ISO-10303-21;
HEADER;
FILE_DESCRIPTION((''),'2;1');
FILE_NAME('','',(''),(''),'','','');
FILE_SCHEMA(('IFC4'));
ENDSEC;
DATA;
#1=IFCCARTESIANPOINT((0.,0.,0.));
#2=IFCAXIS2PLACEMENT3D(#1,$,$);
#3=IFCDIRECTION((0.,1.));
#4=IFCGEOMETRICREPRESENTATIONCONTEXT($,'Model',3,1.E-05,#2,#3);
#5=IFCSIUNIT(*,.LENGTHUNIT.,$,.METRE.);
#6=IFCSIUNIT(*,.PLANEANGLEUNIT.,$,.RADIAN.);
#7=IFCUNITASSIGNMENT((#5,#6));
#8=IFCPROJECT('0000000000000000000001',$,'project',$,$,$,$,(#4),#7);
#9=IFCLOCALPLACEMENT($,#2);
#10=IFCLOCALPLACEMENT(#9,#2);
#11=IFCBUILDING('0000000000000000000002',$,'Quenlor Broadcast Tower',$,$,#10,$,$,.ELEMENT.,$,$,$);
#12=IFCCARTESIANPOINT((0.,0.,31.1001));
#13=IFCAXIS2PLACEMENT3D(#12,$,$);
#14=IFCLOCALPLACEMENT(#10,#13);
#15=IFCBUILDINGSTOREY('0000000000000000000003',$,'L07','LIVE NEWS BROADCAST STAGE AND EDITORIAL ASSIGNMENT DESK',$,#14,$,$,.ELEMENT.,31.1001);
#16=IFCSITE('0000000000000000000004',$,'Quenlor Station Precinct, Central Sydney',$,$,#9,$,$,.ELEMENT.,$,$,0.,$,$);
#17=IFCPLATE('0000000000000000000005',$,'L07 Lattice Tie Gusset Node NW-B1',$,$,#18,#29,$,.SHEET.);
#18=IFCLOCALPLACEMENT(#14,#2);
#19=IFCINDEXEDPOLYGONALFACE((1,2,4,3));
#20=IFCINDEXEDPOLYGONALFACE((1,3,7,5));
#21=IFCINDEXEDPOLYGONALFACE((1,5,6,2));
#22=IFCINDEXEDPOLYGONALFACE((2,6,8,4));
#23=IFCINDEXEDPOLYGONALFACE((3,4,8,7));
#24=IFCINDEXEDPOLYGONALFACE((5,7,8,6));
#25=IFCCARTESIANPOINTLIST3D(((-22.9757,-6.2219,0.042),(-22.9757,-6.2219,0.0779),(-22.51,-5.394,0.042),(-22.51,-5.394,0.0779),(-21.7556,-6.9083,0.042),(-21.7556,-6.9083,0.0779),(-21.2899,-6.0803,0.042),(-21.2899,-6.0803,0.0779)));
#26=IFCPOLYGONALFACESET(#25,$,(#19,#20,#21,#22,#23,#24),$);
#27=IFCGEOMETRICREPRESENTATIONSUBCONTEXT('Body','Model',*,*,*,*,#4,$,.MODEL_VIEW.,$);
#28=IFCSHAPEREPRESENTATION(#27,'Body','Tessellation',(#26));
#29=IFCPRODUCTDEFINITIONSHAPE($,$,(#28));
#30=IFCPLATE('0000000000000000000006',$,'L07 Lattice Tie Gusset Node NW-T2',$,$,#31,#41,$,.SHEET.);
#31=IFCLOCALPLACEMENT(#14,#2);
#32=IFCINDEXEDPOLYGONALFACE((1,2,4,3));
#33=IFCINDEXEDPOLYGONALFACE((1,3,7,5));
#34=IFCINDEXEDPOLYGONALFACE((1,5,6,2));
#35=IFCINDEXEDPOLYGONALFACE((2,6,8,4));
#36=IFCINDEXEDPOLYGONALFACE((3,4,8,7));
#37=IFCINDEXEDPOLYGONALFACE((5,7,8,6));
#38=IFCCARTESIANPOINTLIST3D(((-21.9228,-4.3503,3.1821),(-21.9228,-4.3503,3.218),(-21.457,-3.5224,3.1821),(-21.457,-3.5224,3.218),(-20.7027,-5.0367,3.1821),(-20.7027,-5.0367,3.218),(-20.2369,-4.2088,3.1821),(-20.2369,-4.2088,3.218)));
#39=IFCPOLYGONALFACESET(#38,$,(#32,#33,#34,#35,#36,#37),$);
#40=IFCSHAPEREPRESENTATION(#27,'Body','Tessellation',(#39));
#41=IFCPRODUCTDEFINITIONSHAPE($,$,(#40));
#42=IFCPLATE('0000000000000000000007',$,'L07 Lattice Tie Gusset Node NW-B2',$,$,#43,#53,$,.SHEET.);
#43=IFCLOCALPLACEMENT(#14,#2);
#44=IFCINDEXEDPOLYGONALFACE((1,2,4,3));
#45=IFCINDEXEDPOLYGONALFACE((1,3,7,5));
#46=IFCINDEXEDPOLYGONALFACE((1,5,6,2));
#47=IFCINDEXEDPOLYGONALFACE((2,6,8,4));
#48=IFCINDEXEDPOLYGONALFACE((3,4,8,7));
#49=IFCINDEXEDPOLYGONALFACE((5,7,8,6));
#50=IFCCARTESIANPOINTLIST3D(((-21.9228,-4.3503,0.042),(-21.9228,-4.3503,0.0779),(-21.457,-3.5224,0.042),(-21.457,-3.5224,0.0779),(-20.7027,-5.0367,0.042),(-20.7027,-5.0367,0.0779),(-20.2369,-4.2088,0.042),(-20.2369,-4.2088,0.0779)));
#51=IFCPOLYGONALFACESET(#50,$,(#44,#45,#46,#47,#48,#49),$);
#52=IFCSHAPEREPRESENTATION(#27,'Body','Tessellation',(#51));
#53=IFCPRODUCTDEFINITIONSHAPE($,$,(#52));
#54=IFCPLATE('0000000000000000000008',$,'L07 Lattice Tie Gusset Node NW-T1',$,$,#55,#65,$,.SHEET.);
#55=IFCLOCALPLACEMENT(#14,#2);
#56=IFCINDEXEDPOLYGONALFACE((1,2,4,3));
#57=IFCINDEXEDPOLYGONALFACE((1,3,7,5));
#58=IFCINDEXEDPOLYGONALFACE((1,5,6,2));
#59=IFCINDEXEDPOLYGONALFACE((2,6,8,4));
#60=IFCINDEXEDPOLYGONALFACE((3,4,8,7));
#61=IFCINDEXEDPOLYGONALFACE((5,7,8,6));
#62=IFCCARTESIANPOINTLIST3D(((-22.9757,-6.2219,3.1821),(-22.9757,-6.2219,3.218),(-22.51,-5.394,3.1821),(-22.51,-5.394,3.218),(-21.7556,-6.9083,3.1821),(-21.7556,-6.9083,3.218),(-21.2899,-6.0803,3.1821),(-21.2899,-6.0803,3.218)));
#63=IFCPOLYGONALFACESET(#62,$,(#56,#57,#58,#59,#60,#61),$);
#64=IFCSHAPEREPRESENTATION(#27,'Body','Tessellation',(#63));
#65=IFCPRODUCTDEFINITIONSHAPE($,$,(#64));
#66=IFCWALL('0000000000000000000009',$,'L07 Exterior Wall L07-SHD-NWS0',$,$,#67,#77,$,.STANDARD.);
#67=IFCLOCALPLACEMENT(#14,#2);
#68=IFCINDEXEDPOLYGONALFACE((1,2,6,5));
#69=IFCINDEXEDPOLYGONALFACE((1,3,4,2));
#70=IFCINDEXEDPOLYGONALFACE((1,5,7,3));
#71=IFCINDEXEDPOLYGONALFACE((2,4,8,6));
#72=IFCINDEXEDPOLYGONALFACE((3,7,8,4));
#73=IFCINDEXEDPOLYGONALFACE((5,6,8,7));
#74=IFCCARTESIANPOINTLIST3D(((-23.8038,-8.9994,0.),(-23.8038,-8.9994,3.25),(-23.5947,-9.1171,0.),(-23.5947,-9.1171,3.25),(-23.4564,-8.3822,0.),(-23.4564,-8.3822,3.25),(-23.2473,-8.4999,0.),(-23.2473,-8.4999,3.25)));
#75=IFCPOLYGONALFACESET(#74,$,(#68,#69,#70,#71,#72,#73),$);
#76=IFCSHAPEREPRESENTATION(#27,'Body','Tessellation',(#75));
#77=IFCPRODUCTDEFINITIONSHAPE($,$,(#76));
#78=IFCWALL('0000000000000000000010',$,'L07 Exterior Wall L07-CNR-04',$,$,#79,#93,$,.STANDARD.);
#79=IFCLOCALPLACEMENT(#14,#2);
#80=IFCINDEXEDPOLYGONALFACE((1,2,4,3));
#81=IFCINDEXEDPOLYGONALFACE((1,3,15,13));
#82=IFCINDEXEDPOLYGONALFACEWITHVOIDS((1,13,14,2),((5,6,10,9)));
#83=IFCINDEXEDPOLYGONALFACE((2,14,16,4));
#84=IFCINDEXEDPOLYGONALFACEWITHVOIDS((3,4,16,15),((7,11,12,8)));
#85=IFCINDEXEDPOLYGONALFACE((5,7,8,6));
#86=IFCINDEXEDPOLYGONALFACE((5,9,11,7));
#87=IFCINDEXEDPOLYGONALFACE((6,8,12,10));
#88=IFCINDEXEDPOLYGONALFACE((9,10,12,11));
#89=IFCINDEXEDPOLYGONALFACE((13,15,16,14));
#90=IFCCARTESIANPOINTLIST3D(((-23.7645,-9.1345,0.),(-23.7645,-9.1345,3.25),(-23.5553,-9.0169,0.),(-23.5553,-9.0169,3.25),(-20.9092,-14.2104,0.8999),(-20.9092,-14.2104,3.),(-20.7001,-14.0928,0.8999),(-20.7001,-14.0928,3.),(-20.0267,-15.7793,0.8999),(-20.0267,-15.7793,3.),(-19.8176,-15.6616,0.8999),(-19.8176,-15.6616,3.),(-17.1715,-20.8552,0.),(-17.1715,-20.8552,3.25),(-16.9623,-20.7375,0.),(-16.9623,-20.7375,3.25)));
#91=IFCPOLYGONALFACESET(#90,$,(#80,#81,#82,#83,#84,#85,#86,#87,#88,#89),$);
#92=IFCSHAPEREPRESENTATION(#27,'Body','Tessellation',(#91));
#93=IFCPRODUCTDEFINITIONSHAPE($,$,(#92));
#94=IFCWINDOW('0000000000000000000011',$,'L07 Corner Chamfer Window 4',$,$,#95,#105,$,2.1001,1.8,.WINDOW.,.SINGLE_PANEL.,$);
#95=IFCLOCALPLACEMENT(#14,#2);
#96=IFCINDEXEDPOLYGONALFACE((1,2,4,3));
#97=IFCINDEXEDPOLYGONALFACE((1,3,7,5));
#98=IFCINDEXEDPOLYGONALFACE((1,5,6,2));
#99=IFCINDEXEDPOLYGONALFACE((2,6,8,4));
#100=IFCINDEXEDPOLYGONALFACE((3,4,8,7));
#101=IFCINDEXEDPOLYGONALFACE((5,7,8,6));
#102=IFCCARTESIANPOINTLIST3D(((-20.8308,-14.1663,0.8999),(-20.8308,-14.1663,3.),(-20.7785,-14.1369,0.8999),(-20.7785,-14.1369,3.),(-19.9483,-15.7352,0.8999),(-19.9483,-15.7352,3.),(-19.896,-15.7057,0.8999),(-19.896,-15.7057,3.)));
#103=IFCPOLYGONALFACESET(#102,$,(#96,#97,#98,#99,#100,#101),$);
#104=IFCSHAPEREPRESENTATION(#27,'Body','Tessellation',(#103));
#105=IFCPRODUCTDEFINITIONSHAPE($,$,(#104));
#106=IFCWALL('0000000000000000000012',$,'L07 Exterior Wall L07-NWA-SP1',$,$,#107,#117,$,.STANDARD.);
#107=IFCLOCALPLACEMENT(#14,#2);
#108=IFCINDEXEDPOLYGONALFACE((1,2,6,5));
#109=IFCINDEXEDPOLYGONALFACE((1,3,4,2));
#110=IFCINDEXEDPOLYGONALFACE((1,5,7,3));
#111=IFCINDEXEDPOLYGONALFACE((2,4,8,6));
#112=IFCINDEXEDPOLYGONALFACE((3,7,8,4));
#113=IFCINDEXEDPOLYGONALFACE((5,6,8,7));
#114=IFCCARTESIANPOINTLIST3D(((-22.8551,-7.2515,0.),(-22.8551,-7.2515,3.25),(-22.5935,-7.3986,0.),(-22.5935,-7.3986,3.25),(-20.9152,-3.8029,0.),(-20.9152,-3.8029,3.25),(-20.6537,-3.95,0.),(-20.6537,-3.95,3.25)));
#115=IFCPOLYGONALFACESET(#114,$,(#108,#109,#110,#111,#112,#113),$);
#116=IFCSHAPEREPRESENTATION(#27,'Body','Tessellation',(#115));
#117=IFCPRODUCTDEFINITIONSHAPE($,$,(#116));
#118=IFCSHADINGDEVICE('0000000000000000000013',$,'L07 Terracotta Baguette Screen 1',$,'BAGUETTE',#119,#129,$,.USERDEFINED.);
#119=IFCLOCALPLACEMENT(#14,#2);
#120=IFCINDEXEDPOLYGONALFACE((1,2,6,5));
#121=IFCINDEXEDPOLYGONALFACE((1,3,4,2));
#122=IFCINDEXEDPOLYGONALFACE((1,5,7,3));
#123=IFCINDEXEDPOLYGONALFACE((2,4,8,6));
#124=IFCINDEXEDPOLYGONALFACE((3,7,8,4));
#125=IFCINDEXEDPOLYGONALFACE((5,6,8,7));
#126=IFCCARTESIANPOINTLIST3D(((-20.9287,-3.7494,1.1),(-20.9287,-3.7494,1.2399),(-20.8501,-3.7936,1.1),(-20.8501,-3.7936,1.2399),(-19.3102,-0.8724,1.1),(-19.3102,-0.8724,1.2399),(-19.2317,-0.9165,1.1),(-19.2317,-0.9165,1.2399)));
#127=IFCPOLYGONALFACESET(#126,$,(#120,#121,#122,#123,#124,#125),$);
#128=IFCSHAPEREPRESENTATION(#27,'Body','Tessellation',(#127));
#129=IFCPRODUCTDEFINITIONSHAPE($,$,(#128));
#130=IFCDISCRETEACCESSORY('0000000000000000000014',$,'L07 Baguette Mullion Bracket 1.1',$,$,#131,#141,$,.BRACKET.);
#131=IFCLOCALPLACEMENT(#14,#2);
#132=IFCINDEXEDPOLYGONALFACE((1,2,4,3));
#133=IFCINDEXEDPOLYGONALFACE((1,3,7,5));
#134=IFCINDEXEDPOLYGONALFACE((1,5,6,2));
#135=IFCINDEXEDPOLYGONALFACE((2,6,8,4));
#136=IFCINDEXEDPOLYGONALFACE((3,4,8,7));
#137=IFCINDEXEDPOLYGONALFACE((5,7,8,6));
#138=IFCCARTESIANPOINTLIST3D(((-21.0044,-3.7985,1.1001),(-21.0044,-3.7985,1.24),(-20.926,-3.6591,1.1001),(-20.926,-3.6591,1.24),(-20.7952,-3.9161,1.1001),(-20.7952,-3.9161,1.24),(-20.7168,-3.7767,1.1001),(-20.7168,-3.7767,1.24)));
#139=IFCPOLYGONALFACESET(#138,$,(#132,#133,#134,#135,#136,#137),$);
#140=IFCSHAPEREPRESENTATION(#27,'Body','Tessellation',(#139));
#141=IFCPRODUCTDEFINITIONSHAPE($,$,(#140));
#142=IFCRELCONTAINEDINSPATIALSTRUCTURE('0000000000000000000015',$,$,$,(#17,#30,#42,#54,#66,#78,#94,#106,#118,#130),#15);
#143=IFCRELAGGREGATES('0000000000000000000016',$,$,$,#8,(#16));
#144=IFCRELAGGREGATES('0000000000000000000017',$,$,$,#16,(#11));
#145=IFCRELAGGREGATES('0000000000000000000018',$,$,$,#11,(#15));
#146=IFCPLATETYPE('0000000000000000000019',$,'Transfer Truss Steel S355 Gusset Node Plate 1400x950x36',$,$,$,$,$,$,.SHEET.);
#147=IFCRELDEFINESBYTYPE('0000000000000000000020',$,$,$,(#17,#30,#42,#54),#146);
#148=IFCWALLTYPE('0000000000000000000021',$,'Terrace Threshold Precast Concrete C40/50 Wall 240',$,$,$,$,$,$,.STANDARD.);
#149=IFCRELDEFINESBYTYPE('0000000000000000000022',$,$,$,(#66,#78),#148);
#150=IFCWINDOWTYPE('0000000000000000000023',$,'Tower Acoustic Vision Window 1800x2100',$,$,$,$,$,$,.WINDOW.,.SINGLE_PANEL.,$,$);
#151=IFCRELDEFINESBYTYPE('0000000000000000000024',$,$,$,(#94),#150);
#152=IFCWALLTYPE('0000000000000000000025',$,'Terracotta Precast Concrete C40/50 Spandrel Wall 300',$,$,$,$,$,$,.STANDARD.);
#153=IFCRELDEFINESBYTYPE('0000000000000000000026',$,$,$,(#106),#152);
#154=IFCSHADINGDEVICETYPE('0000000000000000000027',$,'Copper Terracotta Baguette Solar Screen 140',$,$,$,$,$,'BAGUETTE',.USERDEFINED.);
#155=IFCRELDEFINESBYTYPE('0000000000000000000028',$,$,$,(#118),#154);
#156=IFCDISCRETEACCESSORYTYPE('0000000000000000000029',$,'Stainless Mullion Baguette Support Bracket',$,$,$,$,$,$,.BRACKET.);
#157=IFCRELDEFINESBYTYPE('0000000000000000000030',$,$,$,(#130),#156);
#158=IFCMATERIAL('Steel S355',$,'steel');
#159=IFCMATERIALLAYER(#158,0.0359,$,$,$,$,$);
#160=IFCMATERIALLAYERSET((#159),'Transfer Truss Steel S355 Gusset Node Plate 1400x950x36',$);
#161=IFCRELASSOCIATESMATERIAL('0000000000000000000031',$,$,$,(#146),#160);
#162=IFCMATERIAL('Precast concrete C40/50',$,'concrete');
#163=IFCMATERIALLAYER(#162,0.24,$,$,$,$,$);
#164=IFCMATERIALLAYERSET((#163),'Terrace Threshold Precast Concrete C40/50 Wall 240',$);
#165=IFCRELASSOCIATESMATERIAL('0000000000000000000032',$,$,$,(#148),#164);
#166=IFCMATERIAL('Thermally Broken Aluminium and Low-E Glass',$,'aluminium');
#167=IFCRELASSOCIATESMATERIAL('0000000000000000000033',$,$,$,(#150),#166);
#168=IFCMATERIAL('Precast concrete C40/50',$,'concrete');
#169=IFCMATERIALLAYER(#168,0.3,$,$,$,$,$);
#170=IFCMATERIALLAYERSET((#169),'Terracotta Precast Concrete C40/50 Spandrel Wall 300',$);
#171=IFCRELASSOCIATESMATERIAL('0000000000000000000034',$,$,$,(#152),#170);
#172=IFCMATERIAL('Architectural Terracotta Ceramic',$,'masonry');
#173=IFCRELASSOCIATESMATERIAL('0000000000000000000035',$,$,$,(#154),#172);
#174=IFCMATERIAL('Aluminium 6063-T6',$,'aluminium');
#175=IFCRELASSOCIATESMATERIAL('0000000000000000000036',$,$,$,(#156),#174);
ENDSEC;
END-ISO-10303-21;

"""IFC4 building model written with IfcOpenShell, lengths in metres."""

from ifc_helpers import new_model, si_unit, direction, frame, frame_2d, origin, origin_2d, place, context, subcontext, project, spatial, rectangle, extrude, material, layer, layer_set, material_profile, profile_set, type_object, element, fill, save


model = new_model("IFC4")

# Units and contexts
model_context = context("Model", 3, precision=1e-05, world=origin(), true_north=direction((0.0, 1.0)))
body_context = subcontext(model_context, "Body", "Model", "MODEL_VIEW")
ifc_project = project(units=[si_unit("LENGTHUNIT", "METRE"), si_unit("PLANEANGLEUNIT", "RADIAN")], contexts=[model_context])

# Site, building, storey
site_placement = place(None, origin())
site = spatial("IfcSite", under=ifc_project, at=site_placement, Name="Quenlor Station Precinct, Central Sydney", CompositionType="ELEMENT", RefElevation=0.0)
building_placement = place(site_placement, origin())
building = spatial("IfcBuilding", under=site, at=building_placement, Name="Quenlor Broadcast Tower", CompositionType="ELEMENT")
storey_placement = place(building_placement, frame((0.0, 0.0, 31.1001)))
storey = spatial("IfcBuildingStorey", under=building, at=storey_placement, Name="L07", Description="LIVE NEWS BROADCAST STAGE AND EDITORIAL ASSIGNMENT DESK", CompositionType="ELEMENT", Elevation=31.1001)

# Plates
ifc_material_1 = material(Name="Steel S355", Category="steel")
ifc_layer_1 = layer(ifc_material_1, 0.0359)
ifc_layer_set_1 = layer_set([ifc_layer_1], Name="Transfer Truss Steel S355 Gusset Node Plate 1400x950x36")
plate_type_1 = type_object("IfcPlateType", Name="Transfer Truss Steel S355 Gusset Node Plate 1400x950x36", PredefinedType="SHEET", material=ifc_layer_set_1)
for number, where, z_axis, x_axis, name in (
    (1, (-22.1328, -6.1511, 0.042), (0.0, 0.0, 1.0), (-0.871556, 0.490295, 0.0), "L07 Lattice Tie Gusset Node NW-B1"),
    (2, (-21.0798, -4.2795, 3.1821), (0.0, 0.0, 1.0), (-0.871556, 0.490295, 0.0), "L07 Lattice Tie Gusset Node NW-T2"),
    (3, (-21.0798, -4.2795, 0.042), (0.0, 0.0, 1.0), (-0.871556, 0.490295, 0.0), "L07 Lattice Tie Gusset Node NW-B2"),
    (4, (-22.1328, -6.1511, 3.1821), (0.0, 0.0, 1.0), (-0.871556, 0.490295, 0.0), "L07 Lattice Tie Gusset Node NW-T1"),
):
    element("IfcPlate", number, at=place(storey_placement, frame(where, z_axis=z_axis, x_axis=x_axis)), inside=storey, type_object=plate_type_1, Name=name, PredefinedType="SHEET", context=body_context, shape_type="SweptSolid", body=[
        extrude(rectangle(XDim=1.3999, YDim=0.95, at=origin_2d()), origin(), (0.0, 0.0, 1.0), 0.0359),
    ])

# Wall
ifc_material_2 = material(Name="Precast concrete C40/50", Category="concrete")
ifc_layer_2 = layer(ifc_material_2, 0.24)
ifc_layer_set_2 = layer_set([ifc_layer_2], Name="Terrace Threshold Precast Concrete C40/50 Wall 240")
wall_type_1 = type_object("IfcWallType", Name="Terrace Threshold Precast Concrete C40/50 Wall 240", PredefinedType="STANDARD", material=ifc_layer_set_2)
wall_1_placement = place(storey_placement, frame((-23.6992, -9.0581, 0.0), z_axis=(0.0, 0.0, 1.0), x_axis=(0.490523, 0.871428, 0.0)))
element("IfcWall", 5, at=wall_1_placement, inside=storey, type_object=wall_type_1, Name="L07 Exterior Wall L07-SHD-NWS0", PredefinedType="STANDARD", context=body_context, shape_type="SweptSolid", body=[
    extrude(rectangle(XDim=0.7083, YDim=0.24, at=frame_2d((0.354, 0.0))), origin(), (0.0, 0.0, 1.0), 3.25),
])

# Wall, opening, window
wall_2_placement = place(storey_placement, frame((-23.6599, -9.0757, 0.0), z_axis=(0.0, 0.0, 1.0), x_axis=(0.490268, -0.871572, 0.0)))
wall_2 = element("IfcWall", 6, at=wall_2_placement, inside=storey, type_object=wall_type_1, Name="L07 Exterior Wall L07-CNR-04", PredefinedType="STANDARD", context=body_context, shape_type="SweptSolid", body=[
    extrude(rectangle(XDim=13.4478, YDim=0.24, at=frame_2d((6.7239, 0.0))), origin(), (0.0, 0.0, 1.0), 3.25),
])
opening_placement = place(wall_2_placement, frame((5.824, 0.0, 0.8999)))
opening = element("IfcOpeningElement", 7, at=opening_placement, cuts=wall_2, PredefinedType="OPENING", context=body_context, shape_type="SweptSolid", body=[
    extrude(rectangle(XDim=1.8, YDim=2.1001, at=frame_2d((0.8999, 1.05))), frame((0.0, 0.1299, 0.0), z_axis=(0.0, -1.0, 0.0), x_axis=(1.0, 0.0, 0.0)), (0.0, 0.0, 1.0), 0.26),
])
ifc_material_3 = material(Name="Thermally Broken Aluminium and Low-E Glass", Category="aluminium")
window_type = type_object("IfcWindowType", Name="Tower Acoustic Vision Window 1800x2100", PartitioningType="SINGLE_PANEL", PredefinedType="WINDOW", material=ifc_material_3)
window_placement = place(opening_placement, origin())
window = element("IfcWindow", 8, at=window_placement, inside=storey, type_object=window_type, Name="L07 Corner Chamfer Window 4", OverallHeight=2.1001, OverallWidth=1.8, PartitioningType="SINGLE_PANEL", PredefinedType="WINDOW", context=body_context, shape_type="SweptSolid", body=[
    extrude(rectangle(XDim=1.8, YDim=2.1001, at=frame_2d((0.8999, 1.05))), frame((0.0, 0.03, 0.0), z_axis=(0.0, -1.0, 0.0), x_axis=(1.0, 0.0, 0.0)), (0.0, 0.0, 1.0), 0.0601),
])
fill(opening, window)

# Wall
ifc_material_4 = material(Name="Precast concrete C40/50", Category="concrete")
ifc_layer_3 = layer(ifc_material_4, 0.3)
ifc_layer_set_3 = layer_set([ifc_layer_3], Name="Terracotta Precast Concrete C40/50 Spandrel Wall 300")
wall_type_2 = type_object("IfcWallType", Name="Terracotta Precast Concrete C40/50 Spandrel Wall 300", PredefinedType="STANDARD", material=ifc_layer_set_3)
wall_3_placement = place(storey_placement, frame((-22.7244, -7.3252, 0.0), z_axis=(0.0, 0.0, 1.0), x_axis=(0.490267, 0.871572, 0.0)))
element("IfcWall", 9, at=wall_3_placement, inside=storey, type_object=wall_type_2, Name="L07 Exterior Wall L07-NWA-SP1", PredefinedType="STANDARD", context=body_context, shape_type="SweptSolid", body=[
    extrude(rectangle(XDim=3.9568, YDim=0.3, at=frame_2d((1.9785, 0.0))), origin(), (0.0, 0.0, 1.0), 3.25),
])

# Shading device
ifc_material_5 = material(Name="Architectural Terracotta Ceramic", Category="masonry")
ifc_material_profile_1 = material_profile(ifc_material_5, rectangle(XDim=0.0901, YDim=0.1399, at=origin_2d()))
ifc_profile_set_1 = profile_set([ifc_material_profile_1], Name="Architectural Terracotta Ceramic BAG90x140")
shading_device_type = type_object("IfcShadingDeviceType", Name="Copper Terracotta Baguette Solar Screen 140", ElementType="BAGUETTE", PredefinedType="USERDEFINED", material=ifc_profile_set_1)
shading_device_placement = place(storey_placement, frame((-20.8894, -3.7715, 1.1699), z_axis=(0.490289, 0.87156, 0.0), x_axis=(-0.87156, 0.490289, 0.0)))
element("IfcShadingDevice", 10, at=shading_device_placement, inside=storey, type_object=shading_device_type, Name="L07 Terracotta Baguette Screen 1", ObjectType="BAGUETTE", PredefinedType="USERDEFINED", context=body_context, shape_type="SweptSolid", body=[
    extrude(rectangle(XDim=0.0901, YDim=0.1399, at=origin_2d()), origin(), (0.0, 0.0, 1.0), 3.301),
])

# Discrete accessory
ifc_material_6 = material(Name="Aluminium 6063-T6", Category="aluminium")
discrete_accessory_type = type_object("IfcDiscreteAccessoryType", Name="Stainless Mullion Baguette Support Bracket", PredefinedType="BRACKET", material=ifc_material_6)
discrete_accessory_placement = place(storey_placement, frame((-20.8606, -3.7876, 1.1001), z_axis=(0.0, 0.0, 1.0), x_axis=(0.490257, 0.871578, 0.0)))
element("IfcDiscreteAccessory", 11, at=discrete_accessory_placement, inside=storey, type_object=discrete_accessory_type, Name="L07 Baguette Mullion Bracket 1.1", PredefinedType="BRACKET", context=body_context, shape_type="SweptSolid", body=[
    extrude(rectangle(XDim=0.1599, YDim=0.24, at=origin_2d()), origin(), (0.0, 0.0, 1.0), 0.1399),
])

save(model, "model.ifc")
